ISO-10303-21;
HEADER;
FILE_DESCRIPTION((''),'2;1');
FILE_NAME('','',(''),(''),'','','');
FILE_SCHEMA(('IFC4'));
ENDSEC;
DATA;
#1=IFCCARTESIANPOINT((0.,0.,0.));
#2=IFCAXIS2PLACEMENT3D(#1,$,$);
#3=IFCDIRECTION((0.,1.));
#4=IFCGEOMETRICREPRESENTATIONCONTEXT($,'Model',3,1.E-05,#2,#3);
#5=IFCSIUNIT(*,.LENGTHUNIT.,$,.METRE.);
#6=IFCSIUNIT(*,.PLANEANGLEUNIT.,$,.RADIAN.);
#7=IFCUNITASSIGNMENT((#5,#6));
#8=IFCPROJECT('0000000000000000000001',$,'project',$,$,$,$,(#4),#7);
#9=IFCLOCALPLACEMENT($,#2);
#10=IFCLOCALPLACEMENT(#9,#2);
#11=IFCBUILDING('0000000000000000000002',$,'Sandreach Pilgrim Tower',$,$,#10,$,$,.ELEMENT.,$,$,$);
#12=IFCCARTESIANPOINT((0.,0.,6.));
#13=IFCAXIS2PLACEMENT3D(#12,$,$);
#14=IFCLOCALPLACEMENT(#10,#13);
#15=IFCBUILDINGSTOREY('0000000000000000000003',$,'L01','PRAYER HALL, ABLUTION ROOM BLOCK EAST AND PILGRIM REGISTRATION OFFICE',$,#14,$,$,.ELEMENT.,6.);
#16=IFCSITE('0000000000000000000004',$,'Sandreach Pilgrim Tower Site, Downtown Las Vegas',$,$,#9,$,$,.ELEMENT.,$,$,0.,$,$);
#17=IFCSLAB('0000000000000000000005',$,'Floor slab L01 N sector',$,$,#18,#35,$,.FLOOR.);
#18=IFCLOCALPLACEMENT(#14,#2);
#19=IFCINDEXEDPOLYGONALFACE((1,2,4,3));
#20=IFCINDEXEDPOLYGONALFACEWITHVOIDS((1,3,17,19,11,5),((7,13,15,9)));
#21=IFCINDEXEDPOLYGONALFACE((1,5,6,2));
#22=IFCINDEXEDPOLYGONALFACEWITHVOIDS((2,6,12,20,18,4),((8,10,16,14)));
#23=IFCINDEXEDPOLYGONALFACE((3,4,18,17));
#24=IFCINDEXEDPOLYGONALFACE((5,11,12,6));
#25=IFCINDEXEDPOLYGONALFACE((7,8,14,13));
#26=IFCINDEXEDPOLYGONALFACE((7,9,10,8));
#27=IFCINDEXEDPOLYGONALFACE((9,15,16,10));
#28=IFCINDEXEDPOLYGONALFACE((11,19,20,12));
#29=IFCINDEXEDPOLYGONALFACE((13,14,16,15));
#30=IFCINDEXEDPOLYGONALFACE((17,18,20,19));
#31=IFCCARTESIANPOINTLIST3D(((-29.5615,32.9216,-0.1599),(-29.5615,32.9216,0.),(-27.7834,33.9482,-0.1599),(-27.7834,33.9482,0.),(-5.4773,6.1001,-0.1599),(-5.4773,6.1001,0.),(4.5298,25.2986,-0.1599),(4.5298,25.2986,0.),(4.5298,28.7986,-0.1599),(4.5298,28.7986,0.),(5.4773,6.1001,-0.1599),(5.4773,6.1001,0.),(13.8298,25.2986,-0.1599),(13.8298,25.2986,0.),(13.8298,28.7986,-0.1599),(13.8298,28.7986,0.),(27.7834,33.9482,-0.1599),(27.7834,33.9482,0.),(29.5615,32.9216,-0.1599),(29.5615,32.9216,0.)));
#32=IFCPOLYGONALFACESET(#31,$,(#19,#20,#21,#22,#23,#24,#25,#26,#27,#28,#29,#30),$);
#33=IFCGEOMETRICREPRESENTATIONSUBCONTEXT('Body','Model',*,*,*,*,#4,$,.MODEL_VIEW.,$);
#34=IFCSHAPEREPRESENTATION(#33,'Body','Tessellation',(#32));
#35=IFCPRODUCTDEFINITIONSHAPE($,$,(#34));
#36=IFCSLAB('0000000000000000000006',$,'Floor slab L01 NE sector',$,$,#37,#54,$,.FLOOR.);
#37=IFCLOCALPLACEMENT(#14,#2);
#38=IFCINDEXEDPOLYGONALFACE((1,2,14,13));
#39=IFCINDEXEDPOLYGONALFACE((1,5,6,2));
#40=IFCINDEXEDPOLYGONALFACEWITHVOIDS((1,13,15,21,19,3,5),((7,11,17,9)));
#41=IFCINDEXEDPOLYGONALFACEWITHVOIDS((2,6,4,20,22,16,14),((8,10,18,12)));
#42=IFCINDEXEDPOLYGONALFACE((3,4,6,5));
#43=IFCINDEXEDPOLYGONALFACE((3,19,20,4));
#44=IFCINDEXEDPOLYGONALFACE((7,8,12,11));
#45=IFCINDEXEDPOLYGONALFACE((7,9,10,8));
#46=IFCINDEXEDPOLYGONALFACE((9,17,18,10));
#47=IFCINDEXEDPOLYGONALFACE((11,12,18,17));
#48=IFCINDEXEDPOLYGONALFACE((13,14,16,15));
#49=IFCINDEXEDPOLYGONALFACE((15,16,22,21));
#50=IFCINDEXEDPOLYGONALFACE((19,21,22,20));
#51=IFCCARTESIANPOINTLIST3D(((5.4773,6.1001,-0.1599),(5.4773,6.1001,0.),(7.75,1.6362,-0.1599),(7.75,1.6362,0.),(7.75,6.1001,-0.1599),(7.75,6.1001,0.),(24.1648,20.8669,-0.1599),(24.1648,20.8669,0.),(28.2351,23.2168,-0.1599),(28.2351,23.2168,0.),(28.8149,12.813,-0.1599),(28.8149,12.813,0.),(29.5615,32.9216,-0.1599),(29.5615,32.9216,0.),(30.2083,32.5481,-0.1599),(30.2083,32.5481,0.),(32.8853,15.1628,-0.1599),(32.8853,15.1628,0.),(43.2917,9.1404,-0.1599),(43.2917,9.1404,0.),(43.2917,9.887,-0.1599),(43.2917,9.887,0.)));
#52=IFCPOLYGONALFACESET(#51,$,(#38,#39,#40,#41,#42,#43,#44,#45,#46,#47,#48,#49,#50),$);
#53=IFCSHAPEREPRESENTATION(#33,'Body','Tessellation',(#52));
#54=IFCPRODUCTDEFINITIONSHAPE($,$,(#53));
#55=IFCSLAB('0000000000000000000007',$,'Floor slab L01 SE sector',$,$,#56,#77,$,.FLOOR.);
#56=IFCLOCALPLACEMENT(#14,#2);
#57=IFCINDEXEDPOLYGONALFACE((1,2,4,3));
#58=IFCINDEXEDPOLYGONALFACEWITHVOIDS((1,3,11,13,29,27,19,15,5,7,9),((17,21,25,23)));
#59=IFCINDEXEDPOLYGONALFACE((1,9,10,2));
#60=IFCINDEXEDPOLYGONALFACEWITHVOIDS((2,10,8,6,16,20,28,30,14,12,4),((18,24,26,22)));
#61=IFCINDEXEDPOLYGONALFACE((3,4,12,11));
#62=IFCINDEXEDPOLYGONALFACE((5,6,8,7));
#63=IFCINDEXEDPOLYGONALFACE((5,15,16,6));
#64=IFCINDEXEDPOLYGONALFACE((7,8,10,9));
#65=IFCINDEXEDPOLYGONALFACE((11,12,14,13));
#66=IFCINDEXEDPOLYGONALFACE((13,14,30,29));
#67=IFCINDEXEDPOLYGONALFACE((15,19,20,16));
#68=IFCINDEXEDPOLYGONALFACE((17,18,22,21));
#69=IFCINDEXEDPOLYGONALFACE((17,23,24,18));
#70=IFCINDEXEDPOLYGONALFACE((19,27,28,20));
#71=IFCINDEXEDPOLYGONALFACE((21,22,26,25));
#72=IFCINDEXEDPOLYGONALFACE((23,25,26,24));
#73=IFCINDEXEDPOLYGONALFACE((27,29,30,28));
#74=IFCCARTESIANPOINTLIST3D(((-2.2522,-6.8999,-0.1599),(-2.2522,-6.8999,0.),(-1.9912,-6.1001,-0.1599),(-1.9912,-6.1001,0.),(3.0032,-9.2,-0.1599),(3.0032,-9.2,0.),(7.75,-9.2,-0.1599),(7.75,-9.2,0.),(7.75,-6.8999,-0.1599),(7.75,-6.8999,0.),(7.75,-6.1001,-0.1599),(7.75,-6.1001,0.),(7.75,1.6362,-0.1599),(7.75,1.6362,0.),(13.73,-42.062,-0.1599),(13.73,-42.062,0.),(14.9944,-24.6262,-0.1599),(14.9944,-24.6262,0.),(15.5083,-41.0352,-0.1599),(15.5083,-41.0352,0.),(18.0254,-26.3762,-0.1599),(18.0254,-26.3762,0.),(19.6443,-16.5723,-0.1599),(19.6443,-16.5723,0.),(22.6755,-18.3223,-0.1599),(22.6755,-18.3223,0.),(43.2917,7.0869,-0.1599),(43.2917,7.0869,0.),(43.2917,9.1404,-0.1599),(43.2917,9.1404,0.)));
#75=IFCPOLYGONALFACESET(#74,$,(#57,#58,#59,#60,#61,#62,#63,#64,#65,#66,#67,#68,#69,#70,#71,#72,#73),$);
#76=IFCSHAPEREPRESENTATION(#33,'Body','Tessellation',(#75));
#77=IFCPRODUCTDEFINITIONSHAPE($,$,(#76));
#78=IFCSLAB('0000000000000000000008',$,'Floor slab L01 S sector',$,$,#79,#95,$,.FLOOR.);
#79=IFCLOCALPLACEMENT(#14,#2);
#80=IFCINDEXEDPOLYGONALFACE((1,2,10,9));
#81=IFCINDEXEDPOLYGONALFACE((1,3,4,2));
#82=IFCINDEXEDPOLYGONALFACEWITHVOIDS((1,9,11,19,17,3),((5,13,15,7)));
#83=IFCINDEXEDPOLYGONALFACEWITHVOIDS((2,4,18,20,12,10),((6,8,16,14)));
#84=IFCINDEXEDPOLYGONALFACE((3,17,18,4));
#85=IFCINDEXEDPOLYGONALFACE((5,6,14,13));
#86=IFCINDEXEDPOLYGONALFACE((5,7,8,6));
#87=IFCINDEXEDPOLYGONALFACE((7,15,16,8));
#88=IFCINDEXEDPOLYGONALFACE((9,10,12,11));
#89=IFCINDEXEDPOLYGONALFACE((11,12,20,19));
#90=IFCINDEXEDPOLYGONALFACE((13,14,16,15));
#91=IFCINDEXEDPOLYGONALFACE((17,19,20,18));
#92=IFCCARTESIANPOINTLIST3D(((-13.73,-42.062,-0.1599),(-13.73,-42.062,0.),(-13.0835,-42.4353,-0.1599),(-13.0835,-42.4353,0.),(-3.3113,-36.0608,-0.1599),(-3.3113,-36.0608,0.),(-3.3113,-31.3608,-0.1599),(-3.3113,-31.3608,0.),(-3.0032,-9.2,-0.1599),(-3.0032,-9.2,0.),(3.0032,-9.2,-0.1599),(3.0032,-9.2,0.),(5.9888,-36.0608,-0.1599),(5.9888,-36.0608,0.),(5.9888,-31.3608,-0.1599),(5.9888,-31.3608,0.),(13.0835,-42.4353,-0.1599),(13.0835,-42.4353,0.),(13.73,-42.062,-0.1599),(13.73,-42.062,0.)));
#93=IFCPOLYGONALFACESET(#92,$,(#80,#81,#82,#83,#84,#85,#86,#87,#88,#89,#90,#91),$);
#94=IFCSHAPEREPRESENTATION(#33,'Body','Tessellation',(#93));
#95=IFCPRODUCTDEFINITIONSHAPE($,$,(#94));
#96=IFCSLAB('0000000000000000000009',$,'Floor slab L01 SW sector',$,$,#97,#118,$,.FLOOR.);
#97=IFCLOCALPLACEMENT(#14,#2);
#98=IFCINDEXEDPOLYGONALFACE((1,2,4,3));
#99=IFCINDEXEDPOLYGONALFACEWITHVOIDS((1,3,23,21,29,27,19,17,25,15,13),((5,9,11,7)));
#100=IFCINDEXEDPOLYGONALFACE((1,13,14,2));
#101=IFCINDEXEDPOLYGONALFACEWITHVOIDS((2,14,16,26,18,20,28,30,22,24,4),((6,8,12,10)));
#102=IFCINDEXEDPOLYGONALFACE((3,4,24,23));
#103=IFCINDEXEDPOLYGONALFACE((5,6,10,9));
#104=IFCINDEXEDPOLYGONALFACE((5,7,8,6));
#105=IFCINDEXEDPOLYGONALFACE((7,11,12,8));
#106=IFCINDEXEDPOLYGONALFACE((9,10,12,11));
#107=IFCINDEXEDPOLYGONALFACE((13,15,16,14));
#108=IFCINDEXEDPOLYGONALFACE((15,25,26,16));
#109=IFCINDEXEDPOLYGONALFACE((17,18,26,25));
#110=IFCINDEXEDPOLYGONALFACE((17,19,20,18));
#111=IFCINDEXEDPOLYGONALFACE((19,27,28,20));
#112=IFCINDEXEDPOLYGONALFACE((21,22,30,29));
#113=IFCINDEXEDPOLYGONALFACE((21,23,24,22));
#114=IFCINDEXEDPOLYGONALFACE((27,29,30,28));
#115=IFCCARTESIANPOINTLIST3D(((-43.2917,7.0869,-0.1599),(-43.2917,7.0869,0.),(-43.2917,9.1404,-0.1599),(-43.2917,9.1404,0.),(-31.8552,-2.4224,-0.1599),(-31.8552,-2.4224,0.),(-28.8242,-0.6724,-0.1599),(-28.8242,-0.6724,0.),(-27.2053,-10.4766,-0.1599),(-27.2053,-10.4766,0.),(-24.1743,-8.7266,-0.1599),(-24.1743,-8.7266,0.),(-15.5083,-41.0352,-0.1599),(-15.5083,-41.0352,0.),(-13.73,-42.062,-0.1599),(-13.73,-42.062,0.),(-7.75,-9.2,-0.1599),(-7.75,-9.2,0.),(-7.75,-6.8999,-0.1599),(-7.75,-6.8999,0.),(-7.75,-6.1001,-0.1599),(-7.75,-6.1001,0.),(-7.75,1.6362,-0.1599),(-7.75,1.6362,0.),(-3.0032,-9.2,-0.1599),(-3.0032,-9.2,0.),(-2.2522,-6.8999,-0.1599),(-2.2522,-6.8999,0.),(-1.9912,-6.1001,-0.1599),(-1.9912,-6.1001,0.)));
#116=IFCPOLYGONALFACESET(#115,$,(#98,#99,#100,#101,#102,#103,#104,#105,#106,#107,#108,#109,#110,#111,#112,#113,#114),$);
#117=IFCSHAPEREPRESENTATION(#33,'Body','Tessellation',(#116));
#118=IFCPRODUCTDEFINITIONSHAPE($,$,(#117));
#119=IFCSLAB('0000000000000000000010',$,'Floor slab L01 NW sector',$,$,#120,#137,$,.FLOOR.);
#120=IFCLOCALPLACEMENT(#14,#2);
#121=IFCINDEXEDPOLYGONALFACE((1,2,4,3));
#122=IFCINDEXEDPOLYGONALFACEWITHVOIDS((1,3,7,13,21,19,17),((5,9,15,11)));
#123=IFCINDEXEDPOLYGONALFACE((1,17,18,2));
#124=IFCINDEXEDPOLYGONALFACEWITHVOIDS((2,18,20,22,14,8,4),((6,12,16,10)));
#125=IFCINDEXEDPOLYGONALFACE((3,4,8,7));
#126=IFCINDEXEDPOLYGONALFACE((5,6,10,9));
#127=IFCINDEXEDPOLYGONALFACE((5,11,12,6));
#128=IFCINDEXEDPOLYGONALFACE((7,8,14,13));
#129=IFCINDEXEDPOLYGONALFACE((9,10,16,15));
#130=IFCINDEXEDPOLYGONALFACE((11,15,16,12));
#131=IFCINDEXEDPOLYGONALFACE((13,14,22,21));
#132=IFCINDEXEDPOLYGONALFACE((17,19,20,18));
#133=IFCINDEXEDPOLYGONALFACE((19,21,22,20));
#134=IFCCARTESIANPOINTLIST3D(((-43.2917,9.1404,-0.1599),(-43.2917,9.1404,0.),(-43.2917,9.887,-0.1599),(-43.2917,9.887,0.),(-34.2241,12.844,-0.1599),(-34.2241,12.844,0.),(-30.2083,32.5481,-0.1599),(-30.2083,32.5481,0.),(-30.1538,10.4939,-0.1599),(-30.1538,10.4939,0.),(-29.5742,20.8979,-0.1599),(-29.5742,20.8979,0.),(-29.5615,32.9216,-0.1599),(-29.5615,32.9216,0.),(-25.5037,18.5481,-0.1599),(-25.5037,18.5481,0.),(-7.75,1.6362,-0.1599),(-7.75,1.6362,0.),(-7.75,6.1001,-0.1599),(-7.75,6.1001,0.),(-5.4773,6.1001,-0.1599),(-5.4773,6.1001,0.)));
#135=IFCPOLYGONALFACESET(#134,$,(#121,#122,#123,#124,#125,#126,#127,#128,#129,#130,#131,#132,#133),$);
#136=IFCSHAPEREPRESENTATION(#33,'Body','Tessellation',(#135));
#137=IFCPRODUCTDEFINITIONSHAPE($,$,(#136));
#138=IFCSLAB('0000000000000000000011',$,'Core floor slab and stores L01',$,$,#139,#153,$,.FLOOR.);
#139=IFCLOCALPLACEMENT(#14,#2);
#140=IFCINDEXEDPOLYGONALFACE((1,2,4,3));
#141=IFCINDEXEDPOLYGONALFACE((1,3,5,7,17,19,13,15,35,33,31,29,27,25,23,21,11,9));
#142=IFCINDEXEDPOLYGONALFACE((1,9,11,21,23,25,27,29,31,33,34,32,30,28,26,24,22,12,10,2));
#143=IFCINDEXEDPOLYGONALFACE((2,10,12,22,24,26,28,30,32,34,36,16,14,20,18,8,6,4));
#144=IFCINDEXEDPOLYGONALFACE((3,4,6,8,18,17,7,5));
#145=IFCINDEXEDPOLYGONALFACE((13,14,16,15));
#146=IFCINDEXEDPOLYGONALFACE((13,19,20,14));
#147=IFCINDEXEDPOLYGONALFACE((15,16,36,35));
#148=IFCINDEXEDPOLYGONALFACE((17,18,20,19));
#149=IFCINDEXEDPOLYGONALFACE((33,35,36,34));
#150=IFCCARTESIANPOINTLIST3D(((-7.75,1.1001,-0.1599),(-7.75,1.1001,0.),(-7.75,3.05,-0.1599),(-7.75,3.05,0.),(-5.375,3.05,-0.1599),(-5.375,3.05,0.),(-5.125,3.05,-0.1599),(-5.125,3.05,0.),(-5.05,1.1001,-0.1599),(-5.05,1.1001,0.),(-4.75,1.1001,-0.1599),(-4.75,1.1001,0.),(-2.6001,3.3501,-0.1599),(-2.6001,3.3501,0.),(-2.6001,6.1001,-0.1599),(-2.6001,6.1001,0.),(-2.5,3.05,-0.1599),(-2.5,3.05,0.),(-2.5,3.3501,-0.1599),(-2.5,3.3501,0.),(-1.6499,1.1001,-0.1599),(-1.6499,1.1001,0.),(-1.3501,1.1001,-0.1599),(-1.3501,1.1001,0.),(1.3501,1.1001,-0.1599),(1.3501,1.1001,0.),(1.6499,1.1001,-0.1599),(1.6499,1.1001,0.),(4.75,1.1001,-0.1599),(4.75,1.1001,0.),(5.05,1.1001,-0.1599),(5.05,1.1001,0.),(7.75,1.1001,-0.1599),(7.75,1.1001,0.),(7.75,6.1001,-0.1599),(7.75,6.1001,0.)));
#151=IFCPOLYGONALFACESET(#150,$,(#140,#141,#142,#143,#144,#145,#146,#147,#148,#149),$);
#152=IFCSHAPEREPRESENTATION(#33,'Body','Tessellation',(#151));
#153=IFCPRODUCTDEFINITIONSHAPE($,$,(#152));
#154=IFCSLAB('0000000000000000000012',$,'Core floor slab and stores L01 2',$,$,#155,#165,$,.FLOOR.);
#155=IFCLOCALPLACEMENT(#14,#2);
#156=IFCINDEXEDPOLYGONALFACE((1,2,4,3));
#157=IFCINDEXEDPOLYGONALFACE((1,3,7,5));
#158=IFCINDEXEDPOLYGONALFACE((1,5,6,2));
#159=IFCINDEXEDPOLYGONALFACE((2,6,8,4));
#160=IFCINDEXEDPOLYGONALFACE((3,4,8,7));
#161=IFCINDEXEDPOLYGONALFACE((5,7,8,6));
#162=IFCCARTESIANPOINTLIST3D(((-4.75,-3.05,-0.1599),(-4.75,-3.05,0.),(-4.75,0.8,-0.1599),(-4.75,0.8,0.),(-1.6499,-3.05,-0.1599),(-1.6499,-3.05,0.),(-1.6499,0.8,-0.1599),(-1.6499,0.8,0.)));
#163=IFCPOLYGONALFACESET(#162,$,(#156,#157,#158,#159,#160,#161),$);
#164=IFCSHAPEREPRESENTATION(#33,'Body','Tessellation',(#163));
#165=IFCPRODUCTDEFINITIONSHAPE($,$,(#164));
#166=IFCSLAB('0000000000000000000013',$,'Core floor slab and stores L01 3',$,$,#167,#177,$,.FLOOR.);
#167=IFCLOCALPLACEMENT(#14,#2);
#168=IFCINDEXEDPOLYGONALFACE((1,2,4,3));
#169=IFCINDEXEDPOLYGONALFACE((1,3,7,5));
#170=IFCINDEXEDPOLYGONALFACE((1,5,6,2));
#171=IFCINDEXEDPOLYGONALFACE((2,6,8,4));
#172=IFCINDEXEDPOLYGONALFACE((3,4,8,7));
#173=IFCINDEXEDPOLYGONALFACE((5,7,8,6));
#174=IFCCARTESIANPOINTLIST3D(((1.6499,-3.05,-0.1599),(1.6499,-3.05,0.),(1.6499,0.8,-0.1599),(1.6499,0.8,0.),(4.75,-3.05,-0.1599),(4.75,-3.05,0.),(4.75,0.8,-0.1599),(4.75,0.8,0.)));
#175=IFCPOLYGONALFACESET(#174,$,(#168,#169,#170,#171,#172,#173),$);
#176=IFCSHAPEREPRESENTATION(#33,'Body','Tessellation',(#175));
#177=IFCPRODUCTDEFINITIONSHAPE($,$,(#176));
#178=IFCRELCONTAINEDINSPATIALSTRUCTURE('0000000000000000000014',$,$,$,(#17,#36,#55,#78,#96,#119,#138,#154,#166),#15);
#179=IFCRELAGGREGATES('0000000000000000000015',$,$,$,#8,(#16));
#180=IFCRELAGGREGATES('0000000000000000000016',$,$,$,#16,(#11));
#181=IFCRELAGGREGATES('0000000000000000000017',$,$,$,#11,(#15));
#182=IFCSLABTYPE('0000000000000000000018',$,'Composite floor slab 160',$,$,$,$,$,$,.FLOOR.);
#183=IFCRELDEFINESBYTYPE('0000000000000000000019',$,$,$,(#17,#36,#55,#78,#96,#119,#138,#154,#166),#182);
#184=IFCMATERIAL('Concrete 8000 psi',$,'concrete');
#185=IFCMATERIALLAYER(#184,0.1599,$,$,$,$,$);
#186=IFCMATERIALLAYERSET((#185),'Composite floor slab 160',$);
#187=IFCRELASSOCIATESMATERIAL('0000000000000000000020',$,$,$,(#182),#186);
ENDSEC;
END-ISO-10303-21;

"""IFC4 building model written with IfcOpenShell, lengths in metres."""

from ifc_helpers import new_model, si_unit, direction, frame, origin, place, context, subcontext, project, spatial, polyline, outline, extrude, material, layer, layer_set, type_object, element, save


model = new_model("IFC4")

# Units and contexts
model_context = context("Model", 3, precision=1e-05, world=origin(), true_north=direction((0.0, 1.0)))
body_context = subcontext(model_context, "Body", "Model", "MODEL_VIEW")
ifc_project = project(units=[si_unit("LENGTHUNIT", "METRE"), si_unit("PLANEANGLEUNIT", "RADIAN")], contexts=[model_context])

# Site, building, storey
site_placement = place(None, origin())
site = spatial("IfcSite", under=ifc_project, at=site_placement, Name="Sandreach Pilgrim Tower Site, Downtown Las Vegas", CompositionType="ELEMENT", RefElevation=0.0)
building_placement = place(site_placement, origin())
building = spatial("IfcBuilding", under=site, at=building_placement, Name="Sandreach Pilgrim Tower", CompositionType="ELEMENT")
storey_placement = place(building_placement, frame((0.0, 0.0, 6.0)))
storey = spatial("IfcBuildingStorey", under=building, at=storey_placement, Name="L01", Description="PRAYER HALL, ABLUTION ROOM BLOCK EAST AND PILGRIM REGISTRATION OFFICE", CompositionType="ELEMENT", Elevation=6.0)

# Slabs
ifc_material_1 = material(Name="Concrete 8000 psi", Category="concrete")
ifc_layer_1 = layer(ifc_material_1, 0.1599)
ifc_layer_set_1 = layer_set([ifc_layer_1], Name="Composite floor slab 160")
slab_type_1 = type_object("IfcSlabType", Name="Composite floor slab 160", PredefinedType="FLOOR", material=ifc_layer_set_1)
slab_1_placement = place(storey_placement, frame((0.0, 0.0, -0.1599)))
element("IfcSlab", 1, at=slab_1_placement, inside=storey, type_object=slab_type_1, Name="Floor slab L01 N sector", PredefinedType="FLOOR", context=body_context, shape_type="SweptSolid", body=[
    extrude(outline(polyline([(-27.7834, 33.9482), (27.7834, 33.9482), (29.5615, 32.9216), (5.4773, 6.1001), (-5.4773, 6.1001), (-29.5615, 32.9216), (-27.7834, 33.9482)]), holes=[polyline([(4.5298, 25.2986), (13.8298, 25.2986), (13.8298, 28.7986), (4.5298, 28.7986), (4.5298, 25.2986)])]), origin(), (0.0, 0.0, 1.0), 0.1599),
])
slab_2_placement = place(storey_placement, frame((0.0, 0.0, -0.1599)))
element("IfcSlab", 2, at=slab_2_placement, inside=storey, type_object=slab_type_1, Name="Floor slab L01 NE sector", PredefinedType="FLOOR", context=body_context, shape_type="SweptSolid", body=[
    extrude(outline(polyline([(30.2083, 32.5481), (43.2917, 9.887), (43.2917, 9.1404), (7.75, 1.6362), (7.75, 6.1001), (5.4773, 6.1001), (29.5615, 32.9216), (30.2083, 32.5481)]), holes=[polyline([(24.1648, 20.8669), (28.8149, 12.813), (32.8853, 15.1628), (28.2351, 23.2168), (24.1648, 20.8669)])]), origin(), (0.0, 0.0, 1.0), 0.1599),
])
slab_3_placement = place(storey_placement, frame((0.0, 0.0, -0.1599)))
element("IfcSlab", 3, at=slab_3_placement, inside=storey, type_object=slab_type_1, Name="Floor slab L01 SE sector", PredefinedType="FLOOR", context=body_context, shape_type="SweptSolid", body=[
    extrude(outline(polyline([(15.5083, -41.0352), (13.73, -42.062), (3.0032, -9.2), (7.75, -9.2), (7.75, -6.8999), (-2.2522, -6.8999), (-1.9912, -6.1001), (7.75, -6.1001), (7.75, 1.6362), (43.2917, 9.1404), (43.2917, 7.0869), (15.5083, -41.0352)]), holes=[polyline([(14.9944, -24.6262), (18.0254, -26.3762), (22.6755, -18.3223), (19.6443, -16.5723), (14.9944, -24.6262)])]), origin(), (0.0, 0.0, 1.0), 0.1599),
])
slab_4_placement = place(storey_placement, frame((0.0, 0.0, -0.1599)))
element("IfcSlab", 4, at=slab_4_placement, inside=storey, type_object=slab_type_1, Name="Floor slab L01 S sector", PredefinedType="FLOOR", context=body_context, shape_type="SweptSolid", body=[
    extrude(outline(polyline([(13.0835, -42.4353), (-13.0835, -42.4353), (-13.73, -42.062), (-3.0032, -9.2), (3.0032, -9.2), (13.73, -42.062), (13.0835, -42.4353)]), holes=[polyline([(5.9888, -31.3608), (-3.3113, -31.3608), (-3.3113, -36.0608), (5.9888, -36.0608), (5.9888, -31.3608)])]), origin(), (0.0, 0.0, 1.0), 0.1599),
])
slab_5_placement = place(storey_placement, frame((0.0, 0.0, -0.1599)))
element("IfcSlab", 5, at=slab_5_placement, inside=storey, type_object=slab_type_1, Name="Floor slab L01 SW sector", PredefinedType="FLOOR", context=body_context, shape_type="SweptSolid", body=[
    extrude(outline(polyline([(-15.5083, -41.0352), (-43.2917, 7.0869), (-43.2917, 9.1404), (-7.75, 1.6362), (-7.75, -6.1001), (-1.9912, -6.1001), (-2.2522, -6.8999), (-7.75, -6.8999), (-7.75, -9.2), (-3.0032, -9.2), (-13.73, -42.062), (-15.5083, -41.0352)]), holes=[polyline([(-24.1743, -8.7266), (-28.8242, -0.6724), (-31.8552, -2.4224), (-27.2053, -10.4766), (-24.1743, -8.7266)])]), origin(), (0.0, 0.0, 1.0), 0.1599),
])
slab_6_placement = place(storey_placement, frame((0.0, 0.0, -0.1599)))
element("IfcSlab", 6, at=slab_6_placement, inside=storey, type_object=slab_type_1, Name="Floor slab L01 NW sector", PredefinedType="FLOOR", context=body_context, shape_type="SweptSolid", body=[
    extrude(outline(polyline([(-43.2917, 9.887), (-30.2083, 32.5481), (-29.5615, 32.9216), (-5.4773, 6.1001), (-7.75, 6.1001), (-7.75, 1.6362), (-43.2917, 9.1404), (-43.2917, 9.887)]), holes=[polyline([(-30.1538, 10.4939), (-25.5037, 18.5481), (-29.5742, 20.8979), (-34.2241, 12.844), (-30.1538, 10.4939)])]), origin(), (0.0, 0.0, 1.0), 0.1599),
])
slab_7_placement = place(storey_placement, frame((0.0, 0.0, -0.1599)))
element("IfcSlab", 7, at=slab_7_placement, inside=storey, type_object=slab_type_1, Name="Core floor slab and stores L01", PredefinedType="FLOOR", context=body_context, shape_type="SweptSolid", body=[
    extrude(outline(polyline([(-7.75, 3.05), (-5.375, 3.05), (-5.125, 3.05), (-2.5, 3.05), (-2.5, 3.3501), (-2.6001, 3.3501), (-2.6001, 6.1001), (7.75, 6.1001), (7.75, 1.1001), (5.05, 1.1001), (4.75, 1.1001), (1.6499, 1.1001), (1.3501, 1.1001), (-1.3501, 1.1001), (-1.6499, 1.1001), (-4.75, 1.1001), (-5.05, 1.1001), (-7.75, 1.1001), (-7.75, 3.05)])), origin(), (0.0, 0.0, 1.0), 0.1599),
])
slab_8_placement = place(storey_placement, frame((0.0, 0.0, -0.1599)))
element("IfcSlab", 8, at=slab_8_placement, inside=storey, type_object=slab_type_1, Name="Core floor slab and stores L01 2", PredefinedType="FLOOR", context=body_context, shape_type="SweptSolid", body=[
    extrude(outline(polyline([(-1.6499, -3.05), (-4.75, -3.05), (-4.75, 0.8), (-1.6499, 0.8), (-1.6499, -3.05)])), origin(), (0.0, 0.0, 1.0), 0.1599),
])
slab_9_placement = place(storey_placement, frame((0.0, 0.0, -0.1599)))
element("IfcSlab", 9, at=slab_9_placement, inside=storey, type_object=slab_type_1, Name="Core floor slab and stores L01 3", PredefinedType="FLOOR", context=body_context, shape_type="SweptSolid", body=[
    extrude(outline(polyline([(4.75, -3.05), (1.6499, -3.05), (1.6499, 0.8), (4.75, 0.8), (4.75, -3.05)])), origin(), (0.0, 0.0, 1.0), 0.1599),
])

save(model, "model.ifc")
